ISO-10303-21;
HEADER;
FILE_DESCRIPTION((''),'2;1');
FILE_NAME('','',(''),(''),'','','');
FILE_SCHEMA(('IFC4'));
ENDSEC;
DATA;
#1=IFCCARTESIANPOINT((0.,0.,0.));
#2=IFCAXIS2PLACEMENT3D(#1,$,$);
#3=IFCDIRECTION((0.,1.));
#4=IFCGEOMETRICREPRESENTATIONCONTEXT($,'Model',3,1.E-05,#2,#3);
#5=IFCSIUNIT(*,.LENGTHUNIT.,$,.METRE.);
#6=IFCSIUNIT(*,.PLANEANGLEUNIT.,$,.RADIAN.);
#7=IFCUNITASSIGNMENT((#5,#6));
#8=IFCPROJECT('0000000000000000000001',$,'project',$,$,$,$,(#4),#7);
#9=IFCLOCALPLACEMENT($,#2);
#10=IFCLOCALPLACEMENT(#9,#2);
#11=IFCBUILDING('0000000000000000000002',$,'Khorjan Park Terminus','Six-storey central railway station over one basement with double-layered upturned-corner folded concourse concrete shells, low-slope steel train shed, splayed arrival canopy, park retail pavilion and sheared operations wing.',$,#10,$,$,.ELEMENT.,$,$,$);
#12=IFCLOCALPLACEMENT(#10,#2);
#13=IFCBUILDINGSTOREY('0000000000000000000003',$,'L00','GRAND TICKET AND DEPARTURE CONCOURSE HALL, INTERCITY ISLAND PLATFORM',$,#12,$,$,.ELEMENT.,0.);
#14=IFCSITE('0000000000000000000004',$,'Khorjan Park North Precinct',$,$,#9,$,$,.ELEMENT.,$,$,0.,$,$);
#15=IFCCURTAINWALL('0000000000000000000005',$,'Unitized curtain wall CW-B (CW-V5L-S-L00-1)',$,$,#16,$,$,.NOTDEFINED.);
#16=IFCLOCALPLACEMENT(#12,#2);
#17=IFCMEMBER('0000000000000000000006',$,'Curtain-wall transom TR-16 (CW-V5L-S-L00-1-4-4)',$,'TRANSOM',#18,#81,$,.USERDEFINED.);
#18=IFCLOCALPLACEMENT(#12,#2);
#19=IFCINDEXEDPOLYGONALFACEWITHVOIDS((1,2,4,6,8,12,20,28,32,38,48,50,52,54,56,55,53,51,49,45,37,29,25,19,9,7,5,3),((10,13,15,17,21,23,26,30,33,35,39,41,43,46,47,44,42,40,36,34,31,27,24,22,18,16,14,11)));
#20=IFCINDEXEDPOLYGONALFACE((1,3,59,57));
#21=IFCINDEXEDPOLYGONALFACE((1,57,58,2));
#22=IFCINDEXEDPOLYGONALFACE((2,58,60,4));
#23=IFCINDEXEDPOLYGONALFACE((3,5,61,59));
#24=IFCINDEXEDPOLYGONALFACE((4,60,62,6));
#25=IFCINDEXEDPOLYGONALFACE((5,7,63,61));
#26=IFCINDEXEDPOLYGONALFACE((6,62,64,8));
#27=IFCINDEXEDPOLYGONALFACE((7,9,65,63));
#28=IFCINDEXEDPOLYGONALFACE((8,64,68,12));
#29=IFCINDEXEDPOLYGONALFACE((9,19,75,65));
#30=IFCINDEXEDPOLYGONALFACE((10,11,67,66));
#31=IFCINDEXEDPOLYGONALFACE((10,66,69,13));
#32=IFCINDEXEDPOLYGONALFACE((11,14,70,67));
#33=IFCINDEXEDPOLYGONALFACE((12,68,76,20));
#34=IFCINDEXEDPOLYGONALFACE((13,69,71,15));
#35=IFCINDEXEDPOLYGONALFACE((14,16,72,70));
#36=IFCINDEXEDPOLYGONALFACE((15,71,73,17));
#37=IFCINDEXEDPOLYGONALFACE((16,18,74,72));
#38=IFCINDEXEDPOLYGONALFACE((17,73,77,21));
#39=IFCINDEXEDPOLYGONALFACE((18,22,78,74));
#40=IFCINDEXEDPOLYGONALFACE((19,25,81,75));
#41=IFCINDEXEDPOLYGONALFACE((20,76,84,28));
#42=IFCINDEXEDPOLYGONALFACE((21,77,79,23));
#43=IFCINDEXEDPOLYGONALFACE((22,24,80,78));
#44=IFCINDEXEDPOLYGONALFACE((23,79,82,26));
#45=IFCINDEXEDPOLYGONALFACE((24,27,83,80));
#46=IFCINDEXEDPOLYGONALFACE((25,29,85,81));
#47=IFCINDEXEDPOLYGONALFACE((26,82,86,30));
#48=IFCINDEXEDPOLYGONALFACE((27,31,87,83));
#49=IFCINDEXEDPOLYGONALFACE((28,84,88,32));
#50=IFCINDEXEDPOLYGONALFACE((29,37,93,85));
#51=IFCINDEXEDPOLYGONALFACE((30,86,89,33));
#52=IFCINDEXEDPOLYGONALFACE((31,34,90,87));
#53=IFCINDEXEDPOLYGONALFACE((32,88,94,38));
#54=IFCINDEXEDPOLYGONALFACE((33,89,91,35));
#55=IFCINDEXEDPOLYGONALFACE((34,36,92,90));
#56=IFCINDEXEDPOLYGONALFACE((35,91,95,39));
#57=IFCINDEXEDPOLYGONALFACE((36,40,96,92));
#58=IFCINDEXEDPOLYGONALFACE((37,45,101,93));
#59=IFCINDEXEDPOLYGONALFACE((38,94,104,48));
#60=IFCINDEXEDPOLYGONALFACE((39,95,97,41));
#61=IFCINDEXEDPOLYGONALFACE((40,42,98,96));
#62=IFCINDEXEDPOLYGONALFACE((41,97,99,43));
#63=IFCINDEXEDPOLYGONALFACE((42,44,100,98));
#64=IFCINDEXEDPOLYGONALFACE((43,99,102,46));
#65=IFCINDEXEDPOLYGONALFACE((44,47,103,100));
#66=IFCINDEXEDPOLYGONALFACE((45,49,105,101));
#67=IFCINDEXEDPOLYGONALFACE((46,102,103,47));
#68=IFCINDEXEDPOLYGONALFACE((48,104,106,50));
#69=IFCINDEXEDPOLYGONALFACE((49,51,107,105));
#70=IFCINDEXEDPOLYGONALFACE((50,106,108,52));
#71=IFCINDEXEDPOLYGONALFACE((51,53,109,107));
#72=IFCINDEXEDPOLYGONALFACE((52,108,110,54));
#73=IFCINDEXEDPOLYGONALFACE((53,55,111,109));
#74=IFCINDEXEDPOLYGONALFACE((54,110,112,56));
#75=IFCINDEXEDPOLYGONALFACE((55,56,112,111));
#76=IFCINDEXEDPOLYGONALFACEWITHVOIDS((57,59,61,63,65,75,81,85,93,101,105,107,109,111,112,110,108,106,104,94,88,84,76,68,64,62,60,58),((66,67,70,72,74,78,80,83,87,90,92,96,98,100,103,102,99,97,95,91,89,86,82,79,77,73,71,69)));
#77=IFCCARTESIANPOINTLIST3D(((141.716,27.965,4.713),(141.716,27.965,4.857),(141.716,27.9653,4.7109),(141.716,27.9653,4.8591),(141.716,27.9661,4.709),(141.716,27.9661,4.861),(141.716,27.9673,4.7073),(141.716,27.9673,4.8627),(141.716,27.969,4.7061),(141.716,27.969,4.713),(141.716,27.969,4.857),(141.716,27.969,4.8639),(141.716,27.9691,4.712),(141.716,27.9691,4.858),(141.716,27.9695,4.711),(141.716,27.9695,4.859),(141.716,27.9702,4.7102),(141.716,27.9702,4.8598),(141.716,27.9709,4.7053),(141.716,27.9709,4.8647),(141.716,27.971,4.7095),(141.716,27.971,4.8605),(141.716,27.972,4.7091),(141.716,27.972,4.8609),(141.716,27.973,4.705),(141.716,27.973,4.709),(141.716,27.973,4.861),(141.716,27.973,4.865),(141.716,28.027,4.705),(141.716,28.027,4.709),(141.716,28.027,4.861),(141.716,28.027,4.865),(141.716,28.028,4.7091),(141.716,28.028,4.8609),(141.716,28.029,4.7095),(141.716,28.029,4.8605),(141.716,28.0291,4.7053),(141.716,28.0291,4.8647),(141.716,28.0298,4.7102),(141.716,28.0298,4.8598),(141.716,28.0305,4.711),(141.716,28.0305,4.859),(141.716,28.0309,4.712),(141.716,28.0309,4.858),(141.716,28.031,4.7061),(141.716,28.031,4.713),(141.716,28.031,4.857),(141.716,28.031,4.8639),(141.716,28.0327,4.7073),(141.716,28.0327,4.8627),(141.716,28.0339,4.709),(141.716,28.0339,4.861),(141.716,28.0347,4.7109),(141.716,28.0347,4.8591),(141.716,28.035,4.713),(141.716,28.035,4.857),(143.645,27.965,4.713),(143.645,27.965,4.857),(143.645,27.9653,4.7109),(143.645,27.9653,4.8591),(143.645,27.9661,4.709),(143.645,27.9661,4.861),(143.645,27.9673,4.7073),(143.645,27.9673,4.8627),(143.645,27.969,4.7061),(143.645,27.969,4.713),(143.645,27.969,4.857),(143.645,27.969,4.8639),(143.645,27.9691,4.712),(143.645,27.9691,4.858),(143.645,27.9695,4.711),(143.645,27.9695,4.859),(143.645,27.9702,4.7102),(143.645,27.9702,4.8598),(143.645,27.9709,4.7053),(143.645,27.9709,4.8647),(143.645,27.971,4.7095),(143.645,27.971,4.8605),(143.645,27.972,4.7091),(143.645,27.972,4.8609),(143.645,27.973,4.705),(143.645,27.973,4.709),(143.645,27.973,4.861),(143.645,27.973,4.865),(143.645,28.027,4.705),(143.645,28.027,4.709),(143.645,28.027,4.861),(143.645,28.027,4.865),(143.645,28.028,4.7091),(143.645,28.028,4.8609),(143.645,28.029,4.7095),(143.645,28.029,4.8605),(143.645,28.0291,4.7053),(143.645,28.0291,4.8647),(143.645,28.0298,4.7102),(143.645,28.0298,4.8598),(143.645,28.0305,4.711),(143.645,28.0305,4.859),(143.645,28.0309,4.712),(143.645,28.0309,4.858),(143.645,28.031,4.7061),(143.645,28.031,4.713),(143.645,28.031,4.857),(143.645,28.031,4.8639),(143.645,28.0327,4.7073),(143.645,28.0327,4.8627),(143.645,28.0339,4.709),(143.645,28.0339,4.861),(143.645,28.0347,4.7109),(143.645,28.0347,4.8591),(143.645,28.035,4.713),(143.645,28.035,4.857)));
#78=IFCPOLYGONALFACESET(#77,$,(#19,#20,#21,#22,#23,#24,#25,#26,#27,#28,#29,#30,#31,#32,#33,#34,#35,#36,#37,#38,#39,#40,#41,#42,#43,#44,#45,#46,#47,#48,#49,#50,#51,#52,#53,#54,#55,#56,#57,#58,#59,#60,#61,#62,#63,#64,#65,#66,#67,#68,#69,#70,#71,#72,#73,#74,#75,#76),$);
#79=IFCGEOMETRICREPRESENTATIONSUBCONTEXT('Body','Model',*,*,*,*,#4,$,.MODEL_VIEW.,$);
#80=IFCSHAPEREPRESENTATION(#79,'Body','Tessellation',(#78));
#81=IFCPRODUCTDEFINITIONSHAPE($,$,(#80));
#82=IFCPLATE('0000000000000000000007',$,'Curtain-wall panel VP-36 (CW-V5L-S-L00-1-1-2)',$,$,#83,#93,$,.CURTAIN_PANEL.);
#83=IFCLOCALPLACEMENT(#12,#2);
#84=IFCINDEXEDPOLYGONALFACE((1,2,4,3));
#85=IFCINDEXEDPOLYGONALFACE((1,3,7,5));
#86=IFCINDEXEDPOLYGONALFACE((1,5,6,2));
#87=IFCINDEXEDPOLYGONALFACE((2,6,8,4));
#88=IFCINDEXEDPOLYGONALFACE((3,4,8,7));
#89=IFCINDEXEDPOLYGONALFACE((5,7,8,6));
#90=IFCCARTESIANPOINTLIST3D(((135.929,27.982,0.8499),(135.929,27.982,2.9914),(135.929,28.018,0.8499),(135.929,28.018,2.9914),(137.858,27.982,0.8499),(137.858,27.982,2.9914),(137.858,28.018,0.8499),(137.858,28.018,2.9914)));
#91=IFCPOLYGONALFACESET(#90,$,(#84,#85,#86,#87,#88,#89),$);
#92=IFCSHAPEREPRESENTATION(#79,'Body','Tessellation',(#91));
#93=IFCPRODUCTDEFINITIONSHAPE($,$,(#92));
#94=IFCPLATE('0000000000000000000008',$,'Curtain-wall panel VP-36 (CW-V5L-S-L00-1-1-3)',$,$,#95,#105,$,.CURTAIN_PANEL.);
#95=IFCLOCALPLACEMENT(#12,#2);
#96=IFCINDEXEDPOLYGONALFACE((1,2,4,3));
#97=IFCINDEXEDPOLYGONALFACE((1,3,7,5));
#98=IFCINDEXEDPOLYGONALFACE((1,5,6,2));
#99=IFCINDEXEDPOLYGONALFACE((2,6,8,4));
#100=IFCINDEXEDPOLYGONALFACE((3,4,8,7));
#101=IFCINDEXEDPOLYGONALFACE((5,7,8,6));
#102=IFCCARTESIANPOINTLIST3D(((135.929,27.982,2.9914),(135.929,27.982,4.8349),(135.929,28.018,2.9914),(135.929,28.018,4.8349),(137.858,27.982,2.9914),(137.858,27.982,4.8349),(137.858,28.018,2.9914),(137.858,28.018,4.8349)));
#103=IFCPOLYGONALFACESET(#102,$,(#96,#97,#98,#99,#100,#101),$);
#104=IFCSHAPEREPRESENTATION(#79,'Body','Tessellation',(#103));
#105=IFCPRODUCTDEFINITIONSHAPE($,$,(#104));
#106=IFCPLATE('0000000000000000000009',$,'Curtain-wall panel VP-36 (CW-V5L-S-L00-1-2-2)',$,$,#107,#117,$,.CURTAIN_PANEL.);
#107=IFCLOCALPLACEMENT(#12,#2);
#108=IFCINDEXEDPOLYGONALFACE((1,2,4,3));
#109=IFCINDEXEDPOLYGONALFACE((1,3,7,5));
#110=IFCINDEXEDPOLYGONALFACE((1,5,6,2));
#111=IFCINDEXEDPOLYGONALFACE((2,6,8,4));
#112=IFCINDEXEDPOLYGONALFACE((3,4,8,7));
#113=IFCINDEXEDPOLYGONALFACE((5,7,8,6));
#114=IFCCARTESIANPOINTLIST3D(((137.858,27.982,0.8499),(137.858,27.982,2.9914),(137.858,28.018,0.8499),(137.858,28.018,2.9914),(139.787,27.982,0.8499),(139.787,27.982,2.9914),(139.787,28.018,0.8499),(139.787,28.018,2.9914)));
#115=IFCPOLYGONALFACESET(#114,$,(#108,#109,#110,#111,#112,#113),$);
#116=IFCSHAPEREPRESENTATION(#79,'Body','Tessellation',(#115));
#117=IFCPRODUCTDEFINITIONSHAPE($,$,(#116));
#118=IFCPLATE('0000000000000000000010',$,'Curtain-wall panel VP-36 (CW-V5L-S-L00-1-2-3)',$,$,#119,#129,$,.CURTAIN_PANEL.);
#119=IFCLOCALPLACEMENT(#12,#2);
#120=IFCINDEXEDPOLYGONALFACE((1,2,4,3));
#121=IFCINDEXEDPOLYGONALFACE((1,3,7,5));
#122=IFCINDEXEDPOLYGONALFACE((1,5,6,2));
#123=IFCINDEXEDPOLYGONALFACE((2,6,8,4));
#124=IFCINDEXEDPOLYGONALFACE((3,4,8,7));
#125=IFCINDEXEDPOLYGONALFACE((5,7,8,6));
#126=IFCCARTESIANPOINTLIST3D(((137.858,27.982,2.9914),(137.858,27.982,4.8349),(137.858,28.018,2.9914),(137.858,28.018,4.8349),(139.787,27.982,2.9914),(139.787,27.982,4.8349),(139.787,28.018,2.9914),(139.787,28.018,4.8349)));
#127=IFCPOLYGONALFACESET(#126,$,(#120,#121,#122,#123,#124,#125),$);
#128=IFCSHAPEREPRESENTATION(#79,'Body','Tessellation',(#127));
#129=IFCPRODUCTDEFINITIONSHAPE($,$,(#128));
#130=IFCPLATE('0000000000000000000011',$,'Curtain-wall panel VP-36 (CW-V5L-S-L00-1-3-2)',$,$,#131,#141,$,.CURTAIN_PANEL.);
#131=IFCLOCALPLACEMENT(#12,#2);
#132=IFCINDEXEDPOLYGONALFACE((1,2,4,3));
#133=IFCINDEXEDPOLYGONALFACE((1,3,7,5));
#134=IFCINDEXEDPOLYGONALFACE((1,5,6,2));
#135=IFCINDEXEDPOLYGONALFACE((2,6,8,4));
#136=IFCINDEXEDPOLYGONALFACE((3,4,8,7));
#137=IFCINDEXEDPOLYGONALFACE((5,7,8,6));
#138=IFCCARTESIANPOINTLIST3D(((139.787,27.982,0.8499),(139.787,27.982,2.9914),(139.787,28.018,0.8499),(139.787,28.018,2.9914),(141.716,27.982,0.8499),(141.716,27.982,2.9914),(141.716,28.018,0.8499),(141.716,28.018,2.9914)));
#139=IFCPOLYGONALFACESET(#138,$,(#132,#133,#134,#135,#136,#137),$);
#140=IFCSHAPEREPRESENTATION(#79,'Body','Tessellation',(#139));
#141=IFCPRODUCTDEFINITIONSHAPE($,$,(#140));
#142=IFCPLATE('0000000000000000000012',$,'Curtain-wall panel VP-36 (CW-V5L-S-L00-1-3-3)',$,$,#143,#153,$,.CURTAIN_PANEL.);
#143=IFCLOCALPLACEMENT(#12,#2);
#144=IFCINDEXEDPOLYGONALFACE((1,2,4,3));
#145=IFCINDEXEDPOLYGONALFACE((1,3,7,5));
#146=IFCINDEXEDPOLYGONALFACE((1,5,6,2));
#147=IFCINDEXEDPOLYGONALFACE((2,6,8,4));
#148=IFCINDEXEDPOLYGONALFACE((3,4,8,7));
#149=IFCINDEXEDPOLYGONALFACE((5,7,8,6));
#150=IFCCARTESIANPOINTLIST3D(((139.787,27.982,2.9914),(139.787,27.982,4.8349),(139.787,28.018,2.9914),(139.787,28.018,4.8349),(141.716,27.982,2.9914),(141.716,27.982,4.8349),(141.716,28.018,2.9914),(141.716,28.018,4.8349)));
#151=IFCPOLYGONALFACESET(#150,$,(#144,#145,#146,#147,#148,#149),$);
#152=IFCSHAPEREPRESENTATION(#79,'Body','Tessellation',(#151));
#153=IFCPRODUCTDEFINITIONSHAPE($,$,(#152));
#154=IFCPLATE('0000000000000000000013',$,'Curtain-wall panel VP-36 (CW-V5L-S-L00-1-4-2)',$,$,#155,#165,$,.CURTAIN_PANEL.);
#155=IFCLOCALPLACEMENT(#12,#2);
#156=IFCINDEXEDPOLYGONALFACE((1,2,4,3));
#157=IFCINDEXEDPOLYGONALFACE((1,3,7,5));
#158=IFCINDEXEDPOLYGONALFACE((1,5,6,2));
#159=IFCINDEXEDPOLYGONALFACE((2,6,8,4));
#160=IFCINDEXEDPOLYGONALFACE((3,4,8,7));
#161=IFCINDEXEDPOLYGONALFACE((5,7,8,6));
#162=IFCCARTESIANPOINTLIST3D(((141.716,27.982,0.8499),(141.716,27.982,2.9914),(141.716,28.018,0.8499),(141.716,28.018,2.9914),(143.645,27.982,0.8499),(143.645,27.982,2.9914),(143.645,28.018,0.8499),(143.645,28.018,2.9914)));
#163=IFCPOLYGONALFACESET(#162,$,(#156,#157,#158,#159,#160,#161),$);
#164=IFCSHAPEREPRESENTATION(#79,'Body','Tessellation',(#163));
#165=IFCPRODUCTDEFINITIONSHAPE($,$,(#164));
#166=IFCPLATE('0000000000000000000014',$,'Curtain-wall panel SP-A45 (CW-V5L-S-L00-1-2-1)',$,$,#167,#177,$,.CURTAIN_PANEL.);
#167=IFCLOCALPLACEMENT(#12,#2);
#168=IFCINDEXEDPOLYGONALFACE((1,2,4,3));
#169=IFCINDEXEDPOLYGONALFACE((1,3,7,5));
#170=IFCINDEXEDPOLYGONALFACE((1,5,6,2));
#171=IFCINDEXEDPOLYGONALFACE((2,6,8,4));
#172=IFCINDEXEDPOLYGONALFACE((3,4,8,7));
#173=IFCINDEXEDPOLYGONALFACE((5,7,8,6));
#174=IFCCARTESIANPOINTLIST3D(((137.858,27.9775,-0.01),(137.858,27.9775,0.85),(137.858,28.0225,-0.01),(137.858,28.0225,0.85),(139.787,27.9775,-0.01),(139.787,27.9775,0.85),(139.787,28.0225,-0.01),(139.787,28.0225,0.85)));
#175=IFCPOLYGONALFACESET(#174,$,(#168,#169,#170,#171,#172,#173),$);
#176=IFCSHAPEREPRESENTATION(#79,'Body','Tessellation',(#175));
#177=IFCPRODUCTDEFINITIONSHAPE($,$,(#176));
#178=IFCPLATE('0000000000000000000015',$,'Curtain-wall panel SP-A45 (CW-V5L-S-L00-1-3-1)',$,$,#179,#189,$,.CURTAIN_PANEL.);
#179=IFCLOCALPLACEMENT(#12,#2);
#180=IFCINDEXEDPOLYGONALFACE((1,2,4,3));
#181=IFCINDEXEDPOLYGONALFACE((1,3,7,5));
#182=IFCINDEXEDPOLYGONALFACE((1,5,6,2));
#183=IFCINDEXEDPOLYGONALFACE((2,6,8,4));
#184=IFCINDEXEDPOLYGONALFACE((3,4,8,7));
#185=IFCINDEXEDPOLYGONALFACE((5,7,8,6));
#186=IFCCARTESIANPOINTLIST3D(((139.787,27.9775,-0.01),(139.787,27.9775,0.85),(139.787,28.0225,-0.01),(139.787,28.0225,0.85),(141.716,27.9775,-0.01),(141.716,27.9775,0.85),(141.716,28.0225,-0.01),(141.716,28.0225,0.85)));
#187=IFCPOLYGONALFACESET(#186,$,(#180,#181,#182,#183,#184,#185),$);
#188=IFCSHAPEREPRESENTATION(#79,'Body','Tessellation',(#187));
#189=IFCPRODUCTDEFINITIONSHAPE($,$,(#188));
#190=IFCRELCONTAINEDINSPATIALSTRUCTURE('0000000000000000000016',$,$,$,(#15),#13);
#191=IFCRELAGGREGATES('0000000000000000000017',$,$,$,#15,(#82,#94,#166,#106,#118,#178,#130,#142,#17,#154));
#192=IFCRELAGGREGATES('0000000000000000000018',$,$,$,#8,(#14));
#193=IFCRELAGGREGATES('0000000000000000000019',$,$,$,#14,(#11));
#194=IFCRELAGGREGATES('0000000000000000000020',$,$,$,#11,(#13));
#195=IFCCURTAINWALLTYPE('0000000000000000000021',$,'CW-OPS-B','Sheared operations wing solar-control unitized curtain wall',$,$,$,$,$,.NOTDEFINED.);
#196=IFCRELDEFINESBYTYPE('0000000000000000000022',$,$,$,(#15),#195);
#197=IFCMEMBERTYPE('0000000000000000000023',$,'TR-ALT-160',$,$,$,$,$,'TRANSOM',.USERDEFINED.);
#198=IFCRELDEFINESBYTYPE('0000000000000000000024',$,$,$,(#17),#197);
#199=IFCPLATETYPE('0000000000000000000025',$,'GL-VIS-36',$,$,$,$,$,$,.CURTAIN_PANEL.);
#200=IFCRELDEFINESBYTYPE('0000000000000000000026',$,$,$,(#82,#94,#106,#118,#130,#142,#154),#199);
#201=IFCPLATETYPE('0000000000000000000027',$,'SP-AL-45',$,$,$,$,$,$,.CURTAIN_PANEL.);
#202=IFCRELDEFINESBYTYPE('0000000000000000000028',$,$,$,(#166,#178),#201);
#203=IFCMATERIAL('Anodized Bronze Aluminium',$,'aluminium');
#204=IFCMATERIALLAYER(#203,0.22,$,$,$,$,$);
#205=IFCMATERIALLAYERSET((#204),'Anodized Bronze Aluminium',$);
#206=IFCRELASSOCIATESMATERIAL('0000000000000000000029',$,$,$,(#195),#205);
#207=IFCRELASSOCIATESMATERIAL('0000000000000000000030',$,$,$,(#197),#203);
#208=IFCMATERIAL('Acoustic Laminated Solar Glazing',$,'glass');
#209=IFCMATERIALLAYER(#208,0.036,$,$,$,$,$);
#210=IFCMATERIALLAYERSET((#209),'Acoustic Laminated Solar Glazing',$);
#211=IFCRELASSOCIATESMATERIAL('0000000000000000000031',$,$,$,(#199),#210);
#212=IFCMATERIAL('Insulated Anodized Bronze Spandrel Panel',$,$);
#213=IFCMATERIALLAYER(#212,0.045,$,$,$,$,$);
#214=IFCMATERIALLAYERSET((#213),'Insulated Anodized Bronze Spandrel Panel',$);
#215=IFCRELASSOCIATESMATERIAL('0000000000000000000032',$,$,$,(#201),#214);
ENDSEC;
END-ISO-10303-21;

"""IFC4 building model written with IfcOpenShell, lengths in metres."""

from ifc_helpers import new_model, si_unit, direction, frame, origin, origin_2d, place, context, subcontext, project, spatial, rectangle, hollow_rectangle, extrude, material, layer, layer_set, material_profile, profile_set, type_object, element, aggregate, save


model = new_model("IFC4")

# Units and contexts
model_context = context("Model", 3, precision=1e-05, world=origin(), true_north=direction((0.0, 1.0)))
body_context = subcontext(model_context, "Body", "Model", "MODEL_VIEW")
ifc_project = project(units=[si_unit("LENGTHUNIT", "METRE"), si_unit("PLANEANGLEUNIT", "RADIAN")], contexts=[model_context])

# Site, building, storey
site_placement = place(None, origin())
site = spatial("IfcSite", under=ifc_project, at=site_placement, Name="Khorjan Park North Precinct", CompositionType="ELEMENT", RefElevation=0.0)
building_placement = place(site_placement, origin())
building = spatial("IfcBuilding", under=site, at=building_placement, Name="Khorjan Park Terminus", Description="Six-storey central railway station over one basement with double-layered upturned-corner folded concourse concrete shells, low-slope steel train shed, splayed arrival canopy, park retail pavilion and sheared operations wing.", CompositionType="ELEMENT")
storey_placement = place(building_placement, origin())
storey = spatial("IfcBuildingStorey", under=building, at=storey_placement, Name="L00", Description="GRAND TICKET AND DEPARTURE CONCOURSE HALL, INTERCITY ISLAND PLATFORM", CompositionType="ELEMENT", Elevation=0.0)

# Curtain wall, member, plates
ifc_material_1 = material(Name="Anodized Bronze Aluminium", Category="aluminium")
ifc_layer_1 = layer(ifc_material_1, 0.22)
ifc_layer_set_1 = layer_set([ifc_layer_1], Name="Anodized Bronze Aluminium")
curtain_wall_type = type_object("IfcCurtainWallType", Name="CW-OPS-B", Description="Sheared operations wing solar-control unitized curtain wall", PredefinedType="NOTDEFINED", material=ifc_layer_set_1)
curtain_wall_placement = place(storey_placement, origin())
curtain_wall = element("IfcCurtainWall", 1, at=curtain_wall_placement, inside=storey, type_object=curtain_wall_type, Name="Unitized curtain wall CW-B (CW-V5L-S-L00-1)", PredefinedType="NOTDEFINED")
ifc_material_profile_1 = material_profile(ifc_material_1, hollow_rectangle(XDim=0.07, YDim=0.16, WallThickness=0.004, InnerFilletRadius=0.004, OuterFilletRadius=0.008, at=origin_2d()), Name="ALT 70x160x4")
ifc_profile_set_1 = profile_set([ifc_material_profile_1], Name="Anodized Bronze Aluminium")
member_type_1 = type_object("IfcMemberType", Name="TR-ALT-160", ElementType="TRANSOM", PredefinedType="USERDEFINED", material=ifc_profile_set_1)
member_1_placement = place(storey_placement, frame((141.716, 28.0, 4.785), z_axis=(1.0, 0.0, 0.0), x_axis=(0.0, 1.0, 0.0)))
member_1 = element("IfcMember", 2, at=member_1_placement, type_object=member_type_1, Name="Curtain-wall transom TR-16 (CW-V5L-S-L00-1-4-4)", ObjectType="TRANSOM", PredefinedType="USERDEFINED", context=body_context, shape_type="SweptSolid", body=[
    extrude(hollow_rectangle(XDim=0.07, YDim=0.16, WallThickness=0.004, InnerFilletRadius=0.004, OuterFilletRadius=0.008, at=origin_2d()), origin(), (0.0, 0.0, 1.0), 1.929),
])
ifc_material_2 = material(Name="Acoustic Laminated Solar Glazing", Category="glass")
ifc_layer_2 = layer(ifc_material_2, 0.036)
ifc_layer_set_2 = layer_set([ifc_layer_2], Name="Acoustic Laminated Solar Glazing")
plate_type_1 = type_object("IfcPlateType", Name="GL-VIS-36", PredefinedType="CURTAIN_PANEL", material=ifc_layer_set_2)
plate_1_placement = place(storey_placement, frame((136.8935, 28.0, 0.8499), z_axis=(0.0, 0.0, 1.0), x_axis=(1.0, 0.0, 0.0)))
plate_1 = element("IfcPlate", 3, at=plate_1_placement, type_object=plate_type_1, Name="Curtain-wall panel VP-36 (CW-V5L-S-L00-1-1-2)", PredefinedType="CURTAIN_PANEL", context=body_context, shape_type="SweptSolid", body=[
    extrude(rectangle(XDim=1.929, YDim=0.036, at=origin_2d()), origin(), (0.0, 0.0, 1.0), 2.1415),
])
plate_2_placement = place(storey_placement, frame((136.8935, 28.0, 2.9914), z_axis=(0.0, 0.0, 1.0), x_axis=(1.0, 0.0, 0.0)))
plate_2 = element("IfcPlate", 4, at=plate_2_placement, type_object=plate_type_1, Name="Curtain-wall panel VP-36 (CW-V5L-S-L00-1-1-3)", PredefinedType="CURTAIN_PANEL", context=body_context, shape_type="SweptSolid", body=[
    extrude(rectangle(XDim=1.929, YDim=0.036, at=origin_2d()), origin(), (0.0, 0.0, 1.0), 1.8435),
])
plate_3_placement = place(storey_placement, frame((138.8225, 28.0, 0.8499), z_axis=(0.0, 0.0, 1.0), x_axis=(1.0, 0.0, 0.0)))
plate_3 = element("IfcPlate", 5, at=plate_3_placement, type_object=plate_type_1, Name="Curtain-wall panel VP-36 (CW-V5L-S-L00-1-2-2)", PredefinedType="CURTAIN_PANEL", context=body_context, shape_type="SweptSolid", body=[
    extrude(rectangle(XDim=1.929, YDim=0.036, at=origin_2d()), origin(), (0.0, 0.0, 1.0), 2.1415),
])
plate_4_placement = place(storey_placement, frame((138.8225, 28.0, 2.9914), z_axis=(0.0, 0.0, 1.0), x_axis=(1.0, 0.0, 0.0)))
plate_4 = element("IfcPlate", 6, at=plate_4_placement, type_object=plate_type_1, Name="Curtain-wall panel VP-36 (CW-V5L-S-L00-1-2-3)", PredefinedType="CURTAIN_PANEL", context=body_context, shape_type="SweptSolid", body=[
    extrude(rectangle(XDim=1.929, YDim=0.036, at=origin_2d()), origin(), (0.0, 0.0, 1.0), 1.8435),
])
plate_5_placement = place(storey_placement, frame((140.7515, 28.0, 0.8499), z_axis=(0.0, 0.0, 1.0), x_axis=(1.0, 0.0, 0.0)))
plate_5 = element("IfcPlate", 7, at=plate_5_placement, type_object=plate_type_1, Name="Curtain-wall panel VP-36 (CW-V5L-S-L00-1-3-2)", PredefinedType="CURTAIN_PANEL", context=body_context, shape_type="SweptSolid", body=[
    extrude(rectangle(XDim=1.929, YDim=0.036, at=origin_2d()), origin(), (0.0, 0.0, 1.0), 2.1415),
])
plate_6_placement = place(storey_placement, frame((140.7515, 28.0, 2.9914), z_axis=(0.0, 0.0, 1.0), x_axis=(1.0, 0.0, 0.0)))
plate_6 = element("IfcPlate", 8, at=plate_6_placement, type_object=plate_type_1, Name="Curtain-wall panel VP-36 (CW-V5L-S-L00-1-3-3)", PredefinedType="CURTAIN_PANEL", context=body_context, shape_type="SweptSolid", body=[
    extrude(rectangle(XDim=1.929, YDim=0.036, at=origin_2d()), origin(), (0.0, 0.0, 1.0), 1.8435),
])
plate_7_placement = place(storey_placement, frame((142.6805, 28.0, 0.8499), z_axis=(0.0, 0.0, 1.0), x_axis=(1.0, 0.0, 0.0)))
plate_7 = element("IfcPlate", 9, at=plate_7_placement, type_object=plate_type_1, Name="Curtain-wall panel VP-36 (CW-V5L-S-L00-1-4-2)", PredefinedType="CURTAIN_PANEL", context=body_context, shape_type="SweptSolid", body=[
    extrude(rectangle(XDim=1.929, YDim=0.036, at=origin_2d()), origin(), (0.0, 0.0, 1.0), 2.1415),
])
ifc_material_3 = material(Name="Insulated Anodized Bronze Spandrel Panel")
ifc_layer_3 = layer(ifc_material_3, 0.045)
ifc_layer_set_3 = layer_set([ifc_layer_3], Name="Insulated Anodized Bronze Spandrel Panel")
plate_type_2 = type_object("IfcPlateType", Name="SP-AL-45", PredefinedType="CURTAIN_PANEL", material=ifc_layer_set_3)
plate_8_placement = place(storey_placement, frame((138.8225, 28.0, -0.01), z_axis=(0.0, 0.0, 1.0), x_axis=(1.0, 0.0, 0.0)))
plate_8 = element("IfcPlate", 10, at=plate_8_placement, type_object=plate_type_2, Name="Curtain-wall panel SP-A45 (CW-V5L-S-L00-1-2-1)", PredefinedType="CURTAIN_PANEL", context=body_context, shape_type="SweptSolid", body=[
    extrude(rectangle(XDim=1.929, YDim=0.045, at=origin_2d()), origin(), (0.0, 0.0, 1.0), 0.86),
])
plate_9_placement = place(storey_placement, frame((140.7515, 28.0, -0.01), z_axis=(0.0, 0.0, 1.0), x_axis=(1.0, 0.0, 0.0)))
plate_9 = element("IfcPlate", 11, at=plate_9_placement, type_object=plate_type_2, Name="Curtain-wall panel SP-A45 (CW-V5L-S-L00-1-3-1)", PredefinedType="CURTAIN_PANEL", context=body_context, shape_type="SweptSolid", body=[
    extrude(rectangle(XDim=1.929, YDim=0.045, at=origin_2d()), origin(), (0.0, 0.0, 1.0), 0.86),
])
aggregate(curtain_wall, [plate_1, plate_2, plate_8, plate_3, plate_4, plate_9, plate_5, plate_6, member_1, plate_7])

save(model, "model.ifc")
